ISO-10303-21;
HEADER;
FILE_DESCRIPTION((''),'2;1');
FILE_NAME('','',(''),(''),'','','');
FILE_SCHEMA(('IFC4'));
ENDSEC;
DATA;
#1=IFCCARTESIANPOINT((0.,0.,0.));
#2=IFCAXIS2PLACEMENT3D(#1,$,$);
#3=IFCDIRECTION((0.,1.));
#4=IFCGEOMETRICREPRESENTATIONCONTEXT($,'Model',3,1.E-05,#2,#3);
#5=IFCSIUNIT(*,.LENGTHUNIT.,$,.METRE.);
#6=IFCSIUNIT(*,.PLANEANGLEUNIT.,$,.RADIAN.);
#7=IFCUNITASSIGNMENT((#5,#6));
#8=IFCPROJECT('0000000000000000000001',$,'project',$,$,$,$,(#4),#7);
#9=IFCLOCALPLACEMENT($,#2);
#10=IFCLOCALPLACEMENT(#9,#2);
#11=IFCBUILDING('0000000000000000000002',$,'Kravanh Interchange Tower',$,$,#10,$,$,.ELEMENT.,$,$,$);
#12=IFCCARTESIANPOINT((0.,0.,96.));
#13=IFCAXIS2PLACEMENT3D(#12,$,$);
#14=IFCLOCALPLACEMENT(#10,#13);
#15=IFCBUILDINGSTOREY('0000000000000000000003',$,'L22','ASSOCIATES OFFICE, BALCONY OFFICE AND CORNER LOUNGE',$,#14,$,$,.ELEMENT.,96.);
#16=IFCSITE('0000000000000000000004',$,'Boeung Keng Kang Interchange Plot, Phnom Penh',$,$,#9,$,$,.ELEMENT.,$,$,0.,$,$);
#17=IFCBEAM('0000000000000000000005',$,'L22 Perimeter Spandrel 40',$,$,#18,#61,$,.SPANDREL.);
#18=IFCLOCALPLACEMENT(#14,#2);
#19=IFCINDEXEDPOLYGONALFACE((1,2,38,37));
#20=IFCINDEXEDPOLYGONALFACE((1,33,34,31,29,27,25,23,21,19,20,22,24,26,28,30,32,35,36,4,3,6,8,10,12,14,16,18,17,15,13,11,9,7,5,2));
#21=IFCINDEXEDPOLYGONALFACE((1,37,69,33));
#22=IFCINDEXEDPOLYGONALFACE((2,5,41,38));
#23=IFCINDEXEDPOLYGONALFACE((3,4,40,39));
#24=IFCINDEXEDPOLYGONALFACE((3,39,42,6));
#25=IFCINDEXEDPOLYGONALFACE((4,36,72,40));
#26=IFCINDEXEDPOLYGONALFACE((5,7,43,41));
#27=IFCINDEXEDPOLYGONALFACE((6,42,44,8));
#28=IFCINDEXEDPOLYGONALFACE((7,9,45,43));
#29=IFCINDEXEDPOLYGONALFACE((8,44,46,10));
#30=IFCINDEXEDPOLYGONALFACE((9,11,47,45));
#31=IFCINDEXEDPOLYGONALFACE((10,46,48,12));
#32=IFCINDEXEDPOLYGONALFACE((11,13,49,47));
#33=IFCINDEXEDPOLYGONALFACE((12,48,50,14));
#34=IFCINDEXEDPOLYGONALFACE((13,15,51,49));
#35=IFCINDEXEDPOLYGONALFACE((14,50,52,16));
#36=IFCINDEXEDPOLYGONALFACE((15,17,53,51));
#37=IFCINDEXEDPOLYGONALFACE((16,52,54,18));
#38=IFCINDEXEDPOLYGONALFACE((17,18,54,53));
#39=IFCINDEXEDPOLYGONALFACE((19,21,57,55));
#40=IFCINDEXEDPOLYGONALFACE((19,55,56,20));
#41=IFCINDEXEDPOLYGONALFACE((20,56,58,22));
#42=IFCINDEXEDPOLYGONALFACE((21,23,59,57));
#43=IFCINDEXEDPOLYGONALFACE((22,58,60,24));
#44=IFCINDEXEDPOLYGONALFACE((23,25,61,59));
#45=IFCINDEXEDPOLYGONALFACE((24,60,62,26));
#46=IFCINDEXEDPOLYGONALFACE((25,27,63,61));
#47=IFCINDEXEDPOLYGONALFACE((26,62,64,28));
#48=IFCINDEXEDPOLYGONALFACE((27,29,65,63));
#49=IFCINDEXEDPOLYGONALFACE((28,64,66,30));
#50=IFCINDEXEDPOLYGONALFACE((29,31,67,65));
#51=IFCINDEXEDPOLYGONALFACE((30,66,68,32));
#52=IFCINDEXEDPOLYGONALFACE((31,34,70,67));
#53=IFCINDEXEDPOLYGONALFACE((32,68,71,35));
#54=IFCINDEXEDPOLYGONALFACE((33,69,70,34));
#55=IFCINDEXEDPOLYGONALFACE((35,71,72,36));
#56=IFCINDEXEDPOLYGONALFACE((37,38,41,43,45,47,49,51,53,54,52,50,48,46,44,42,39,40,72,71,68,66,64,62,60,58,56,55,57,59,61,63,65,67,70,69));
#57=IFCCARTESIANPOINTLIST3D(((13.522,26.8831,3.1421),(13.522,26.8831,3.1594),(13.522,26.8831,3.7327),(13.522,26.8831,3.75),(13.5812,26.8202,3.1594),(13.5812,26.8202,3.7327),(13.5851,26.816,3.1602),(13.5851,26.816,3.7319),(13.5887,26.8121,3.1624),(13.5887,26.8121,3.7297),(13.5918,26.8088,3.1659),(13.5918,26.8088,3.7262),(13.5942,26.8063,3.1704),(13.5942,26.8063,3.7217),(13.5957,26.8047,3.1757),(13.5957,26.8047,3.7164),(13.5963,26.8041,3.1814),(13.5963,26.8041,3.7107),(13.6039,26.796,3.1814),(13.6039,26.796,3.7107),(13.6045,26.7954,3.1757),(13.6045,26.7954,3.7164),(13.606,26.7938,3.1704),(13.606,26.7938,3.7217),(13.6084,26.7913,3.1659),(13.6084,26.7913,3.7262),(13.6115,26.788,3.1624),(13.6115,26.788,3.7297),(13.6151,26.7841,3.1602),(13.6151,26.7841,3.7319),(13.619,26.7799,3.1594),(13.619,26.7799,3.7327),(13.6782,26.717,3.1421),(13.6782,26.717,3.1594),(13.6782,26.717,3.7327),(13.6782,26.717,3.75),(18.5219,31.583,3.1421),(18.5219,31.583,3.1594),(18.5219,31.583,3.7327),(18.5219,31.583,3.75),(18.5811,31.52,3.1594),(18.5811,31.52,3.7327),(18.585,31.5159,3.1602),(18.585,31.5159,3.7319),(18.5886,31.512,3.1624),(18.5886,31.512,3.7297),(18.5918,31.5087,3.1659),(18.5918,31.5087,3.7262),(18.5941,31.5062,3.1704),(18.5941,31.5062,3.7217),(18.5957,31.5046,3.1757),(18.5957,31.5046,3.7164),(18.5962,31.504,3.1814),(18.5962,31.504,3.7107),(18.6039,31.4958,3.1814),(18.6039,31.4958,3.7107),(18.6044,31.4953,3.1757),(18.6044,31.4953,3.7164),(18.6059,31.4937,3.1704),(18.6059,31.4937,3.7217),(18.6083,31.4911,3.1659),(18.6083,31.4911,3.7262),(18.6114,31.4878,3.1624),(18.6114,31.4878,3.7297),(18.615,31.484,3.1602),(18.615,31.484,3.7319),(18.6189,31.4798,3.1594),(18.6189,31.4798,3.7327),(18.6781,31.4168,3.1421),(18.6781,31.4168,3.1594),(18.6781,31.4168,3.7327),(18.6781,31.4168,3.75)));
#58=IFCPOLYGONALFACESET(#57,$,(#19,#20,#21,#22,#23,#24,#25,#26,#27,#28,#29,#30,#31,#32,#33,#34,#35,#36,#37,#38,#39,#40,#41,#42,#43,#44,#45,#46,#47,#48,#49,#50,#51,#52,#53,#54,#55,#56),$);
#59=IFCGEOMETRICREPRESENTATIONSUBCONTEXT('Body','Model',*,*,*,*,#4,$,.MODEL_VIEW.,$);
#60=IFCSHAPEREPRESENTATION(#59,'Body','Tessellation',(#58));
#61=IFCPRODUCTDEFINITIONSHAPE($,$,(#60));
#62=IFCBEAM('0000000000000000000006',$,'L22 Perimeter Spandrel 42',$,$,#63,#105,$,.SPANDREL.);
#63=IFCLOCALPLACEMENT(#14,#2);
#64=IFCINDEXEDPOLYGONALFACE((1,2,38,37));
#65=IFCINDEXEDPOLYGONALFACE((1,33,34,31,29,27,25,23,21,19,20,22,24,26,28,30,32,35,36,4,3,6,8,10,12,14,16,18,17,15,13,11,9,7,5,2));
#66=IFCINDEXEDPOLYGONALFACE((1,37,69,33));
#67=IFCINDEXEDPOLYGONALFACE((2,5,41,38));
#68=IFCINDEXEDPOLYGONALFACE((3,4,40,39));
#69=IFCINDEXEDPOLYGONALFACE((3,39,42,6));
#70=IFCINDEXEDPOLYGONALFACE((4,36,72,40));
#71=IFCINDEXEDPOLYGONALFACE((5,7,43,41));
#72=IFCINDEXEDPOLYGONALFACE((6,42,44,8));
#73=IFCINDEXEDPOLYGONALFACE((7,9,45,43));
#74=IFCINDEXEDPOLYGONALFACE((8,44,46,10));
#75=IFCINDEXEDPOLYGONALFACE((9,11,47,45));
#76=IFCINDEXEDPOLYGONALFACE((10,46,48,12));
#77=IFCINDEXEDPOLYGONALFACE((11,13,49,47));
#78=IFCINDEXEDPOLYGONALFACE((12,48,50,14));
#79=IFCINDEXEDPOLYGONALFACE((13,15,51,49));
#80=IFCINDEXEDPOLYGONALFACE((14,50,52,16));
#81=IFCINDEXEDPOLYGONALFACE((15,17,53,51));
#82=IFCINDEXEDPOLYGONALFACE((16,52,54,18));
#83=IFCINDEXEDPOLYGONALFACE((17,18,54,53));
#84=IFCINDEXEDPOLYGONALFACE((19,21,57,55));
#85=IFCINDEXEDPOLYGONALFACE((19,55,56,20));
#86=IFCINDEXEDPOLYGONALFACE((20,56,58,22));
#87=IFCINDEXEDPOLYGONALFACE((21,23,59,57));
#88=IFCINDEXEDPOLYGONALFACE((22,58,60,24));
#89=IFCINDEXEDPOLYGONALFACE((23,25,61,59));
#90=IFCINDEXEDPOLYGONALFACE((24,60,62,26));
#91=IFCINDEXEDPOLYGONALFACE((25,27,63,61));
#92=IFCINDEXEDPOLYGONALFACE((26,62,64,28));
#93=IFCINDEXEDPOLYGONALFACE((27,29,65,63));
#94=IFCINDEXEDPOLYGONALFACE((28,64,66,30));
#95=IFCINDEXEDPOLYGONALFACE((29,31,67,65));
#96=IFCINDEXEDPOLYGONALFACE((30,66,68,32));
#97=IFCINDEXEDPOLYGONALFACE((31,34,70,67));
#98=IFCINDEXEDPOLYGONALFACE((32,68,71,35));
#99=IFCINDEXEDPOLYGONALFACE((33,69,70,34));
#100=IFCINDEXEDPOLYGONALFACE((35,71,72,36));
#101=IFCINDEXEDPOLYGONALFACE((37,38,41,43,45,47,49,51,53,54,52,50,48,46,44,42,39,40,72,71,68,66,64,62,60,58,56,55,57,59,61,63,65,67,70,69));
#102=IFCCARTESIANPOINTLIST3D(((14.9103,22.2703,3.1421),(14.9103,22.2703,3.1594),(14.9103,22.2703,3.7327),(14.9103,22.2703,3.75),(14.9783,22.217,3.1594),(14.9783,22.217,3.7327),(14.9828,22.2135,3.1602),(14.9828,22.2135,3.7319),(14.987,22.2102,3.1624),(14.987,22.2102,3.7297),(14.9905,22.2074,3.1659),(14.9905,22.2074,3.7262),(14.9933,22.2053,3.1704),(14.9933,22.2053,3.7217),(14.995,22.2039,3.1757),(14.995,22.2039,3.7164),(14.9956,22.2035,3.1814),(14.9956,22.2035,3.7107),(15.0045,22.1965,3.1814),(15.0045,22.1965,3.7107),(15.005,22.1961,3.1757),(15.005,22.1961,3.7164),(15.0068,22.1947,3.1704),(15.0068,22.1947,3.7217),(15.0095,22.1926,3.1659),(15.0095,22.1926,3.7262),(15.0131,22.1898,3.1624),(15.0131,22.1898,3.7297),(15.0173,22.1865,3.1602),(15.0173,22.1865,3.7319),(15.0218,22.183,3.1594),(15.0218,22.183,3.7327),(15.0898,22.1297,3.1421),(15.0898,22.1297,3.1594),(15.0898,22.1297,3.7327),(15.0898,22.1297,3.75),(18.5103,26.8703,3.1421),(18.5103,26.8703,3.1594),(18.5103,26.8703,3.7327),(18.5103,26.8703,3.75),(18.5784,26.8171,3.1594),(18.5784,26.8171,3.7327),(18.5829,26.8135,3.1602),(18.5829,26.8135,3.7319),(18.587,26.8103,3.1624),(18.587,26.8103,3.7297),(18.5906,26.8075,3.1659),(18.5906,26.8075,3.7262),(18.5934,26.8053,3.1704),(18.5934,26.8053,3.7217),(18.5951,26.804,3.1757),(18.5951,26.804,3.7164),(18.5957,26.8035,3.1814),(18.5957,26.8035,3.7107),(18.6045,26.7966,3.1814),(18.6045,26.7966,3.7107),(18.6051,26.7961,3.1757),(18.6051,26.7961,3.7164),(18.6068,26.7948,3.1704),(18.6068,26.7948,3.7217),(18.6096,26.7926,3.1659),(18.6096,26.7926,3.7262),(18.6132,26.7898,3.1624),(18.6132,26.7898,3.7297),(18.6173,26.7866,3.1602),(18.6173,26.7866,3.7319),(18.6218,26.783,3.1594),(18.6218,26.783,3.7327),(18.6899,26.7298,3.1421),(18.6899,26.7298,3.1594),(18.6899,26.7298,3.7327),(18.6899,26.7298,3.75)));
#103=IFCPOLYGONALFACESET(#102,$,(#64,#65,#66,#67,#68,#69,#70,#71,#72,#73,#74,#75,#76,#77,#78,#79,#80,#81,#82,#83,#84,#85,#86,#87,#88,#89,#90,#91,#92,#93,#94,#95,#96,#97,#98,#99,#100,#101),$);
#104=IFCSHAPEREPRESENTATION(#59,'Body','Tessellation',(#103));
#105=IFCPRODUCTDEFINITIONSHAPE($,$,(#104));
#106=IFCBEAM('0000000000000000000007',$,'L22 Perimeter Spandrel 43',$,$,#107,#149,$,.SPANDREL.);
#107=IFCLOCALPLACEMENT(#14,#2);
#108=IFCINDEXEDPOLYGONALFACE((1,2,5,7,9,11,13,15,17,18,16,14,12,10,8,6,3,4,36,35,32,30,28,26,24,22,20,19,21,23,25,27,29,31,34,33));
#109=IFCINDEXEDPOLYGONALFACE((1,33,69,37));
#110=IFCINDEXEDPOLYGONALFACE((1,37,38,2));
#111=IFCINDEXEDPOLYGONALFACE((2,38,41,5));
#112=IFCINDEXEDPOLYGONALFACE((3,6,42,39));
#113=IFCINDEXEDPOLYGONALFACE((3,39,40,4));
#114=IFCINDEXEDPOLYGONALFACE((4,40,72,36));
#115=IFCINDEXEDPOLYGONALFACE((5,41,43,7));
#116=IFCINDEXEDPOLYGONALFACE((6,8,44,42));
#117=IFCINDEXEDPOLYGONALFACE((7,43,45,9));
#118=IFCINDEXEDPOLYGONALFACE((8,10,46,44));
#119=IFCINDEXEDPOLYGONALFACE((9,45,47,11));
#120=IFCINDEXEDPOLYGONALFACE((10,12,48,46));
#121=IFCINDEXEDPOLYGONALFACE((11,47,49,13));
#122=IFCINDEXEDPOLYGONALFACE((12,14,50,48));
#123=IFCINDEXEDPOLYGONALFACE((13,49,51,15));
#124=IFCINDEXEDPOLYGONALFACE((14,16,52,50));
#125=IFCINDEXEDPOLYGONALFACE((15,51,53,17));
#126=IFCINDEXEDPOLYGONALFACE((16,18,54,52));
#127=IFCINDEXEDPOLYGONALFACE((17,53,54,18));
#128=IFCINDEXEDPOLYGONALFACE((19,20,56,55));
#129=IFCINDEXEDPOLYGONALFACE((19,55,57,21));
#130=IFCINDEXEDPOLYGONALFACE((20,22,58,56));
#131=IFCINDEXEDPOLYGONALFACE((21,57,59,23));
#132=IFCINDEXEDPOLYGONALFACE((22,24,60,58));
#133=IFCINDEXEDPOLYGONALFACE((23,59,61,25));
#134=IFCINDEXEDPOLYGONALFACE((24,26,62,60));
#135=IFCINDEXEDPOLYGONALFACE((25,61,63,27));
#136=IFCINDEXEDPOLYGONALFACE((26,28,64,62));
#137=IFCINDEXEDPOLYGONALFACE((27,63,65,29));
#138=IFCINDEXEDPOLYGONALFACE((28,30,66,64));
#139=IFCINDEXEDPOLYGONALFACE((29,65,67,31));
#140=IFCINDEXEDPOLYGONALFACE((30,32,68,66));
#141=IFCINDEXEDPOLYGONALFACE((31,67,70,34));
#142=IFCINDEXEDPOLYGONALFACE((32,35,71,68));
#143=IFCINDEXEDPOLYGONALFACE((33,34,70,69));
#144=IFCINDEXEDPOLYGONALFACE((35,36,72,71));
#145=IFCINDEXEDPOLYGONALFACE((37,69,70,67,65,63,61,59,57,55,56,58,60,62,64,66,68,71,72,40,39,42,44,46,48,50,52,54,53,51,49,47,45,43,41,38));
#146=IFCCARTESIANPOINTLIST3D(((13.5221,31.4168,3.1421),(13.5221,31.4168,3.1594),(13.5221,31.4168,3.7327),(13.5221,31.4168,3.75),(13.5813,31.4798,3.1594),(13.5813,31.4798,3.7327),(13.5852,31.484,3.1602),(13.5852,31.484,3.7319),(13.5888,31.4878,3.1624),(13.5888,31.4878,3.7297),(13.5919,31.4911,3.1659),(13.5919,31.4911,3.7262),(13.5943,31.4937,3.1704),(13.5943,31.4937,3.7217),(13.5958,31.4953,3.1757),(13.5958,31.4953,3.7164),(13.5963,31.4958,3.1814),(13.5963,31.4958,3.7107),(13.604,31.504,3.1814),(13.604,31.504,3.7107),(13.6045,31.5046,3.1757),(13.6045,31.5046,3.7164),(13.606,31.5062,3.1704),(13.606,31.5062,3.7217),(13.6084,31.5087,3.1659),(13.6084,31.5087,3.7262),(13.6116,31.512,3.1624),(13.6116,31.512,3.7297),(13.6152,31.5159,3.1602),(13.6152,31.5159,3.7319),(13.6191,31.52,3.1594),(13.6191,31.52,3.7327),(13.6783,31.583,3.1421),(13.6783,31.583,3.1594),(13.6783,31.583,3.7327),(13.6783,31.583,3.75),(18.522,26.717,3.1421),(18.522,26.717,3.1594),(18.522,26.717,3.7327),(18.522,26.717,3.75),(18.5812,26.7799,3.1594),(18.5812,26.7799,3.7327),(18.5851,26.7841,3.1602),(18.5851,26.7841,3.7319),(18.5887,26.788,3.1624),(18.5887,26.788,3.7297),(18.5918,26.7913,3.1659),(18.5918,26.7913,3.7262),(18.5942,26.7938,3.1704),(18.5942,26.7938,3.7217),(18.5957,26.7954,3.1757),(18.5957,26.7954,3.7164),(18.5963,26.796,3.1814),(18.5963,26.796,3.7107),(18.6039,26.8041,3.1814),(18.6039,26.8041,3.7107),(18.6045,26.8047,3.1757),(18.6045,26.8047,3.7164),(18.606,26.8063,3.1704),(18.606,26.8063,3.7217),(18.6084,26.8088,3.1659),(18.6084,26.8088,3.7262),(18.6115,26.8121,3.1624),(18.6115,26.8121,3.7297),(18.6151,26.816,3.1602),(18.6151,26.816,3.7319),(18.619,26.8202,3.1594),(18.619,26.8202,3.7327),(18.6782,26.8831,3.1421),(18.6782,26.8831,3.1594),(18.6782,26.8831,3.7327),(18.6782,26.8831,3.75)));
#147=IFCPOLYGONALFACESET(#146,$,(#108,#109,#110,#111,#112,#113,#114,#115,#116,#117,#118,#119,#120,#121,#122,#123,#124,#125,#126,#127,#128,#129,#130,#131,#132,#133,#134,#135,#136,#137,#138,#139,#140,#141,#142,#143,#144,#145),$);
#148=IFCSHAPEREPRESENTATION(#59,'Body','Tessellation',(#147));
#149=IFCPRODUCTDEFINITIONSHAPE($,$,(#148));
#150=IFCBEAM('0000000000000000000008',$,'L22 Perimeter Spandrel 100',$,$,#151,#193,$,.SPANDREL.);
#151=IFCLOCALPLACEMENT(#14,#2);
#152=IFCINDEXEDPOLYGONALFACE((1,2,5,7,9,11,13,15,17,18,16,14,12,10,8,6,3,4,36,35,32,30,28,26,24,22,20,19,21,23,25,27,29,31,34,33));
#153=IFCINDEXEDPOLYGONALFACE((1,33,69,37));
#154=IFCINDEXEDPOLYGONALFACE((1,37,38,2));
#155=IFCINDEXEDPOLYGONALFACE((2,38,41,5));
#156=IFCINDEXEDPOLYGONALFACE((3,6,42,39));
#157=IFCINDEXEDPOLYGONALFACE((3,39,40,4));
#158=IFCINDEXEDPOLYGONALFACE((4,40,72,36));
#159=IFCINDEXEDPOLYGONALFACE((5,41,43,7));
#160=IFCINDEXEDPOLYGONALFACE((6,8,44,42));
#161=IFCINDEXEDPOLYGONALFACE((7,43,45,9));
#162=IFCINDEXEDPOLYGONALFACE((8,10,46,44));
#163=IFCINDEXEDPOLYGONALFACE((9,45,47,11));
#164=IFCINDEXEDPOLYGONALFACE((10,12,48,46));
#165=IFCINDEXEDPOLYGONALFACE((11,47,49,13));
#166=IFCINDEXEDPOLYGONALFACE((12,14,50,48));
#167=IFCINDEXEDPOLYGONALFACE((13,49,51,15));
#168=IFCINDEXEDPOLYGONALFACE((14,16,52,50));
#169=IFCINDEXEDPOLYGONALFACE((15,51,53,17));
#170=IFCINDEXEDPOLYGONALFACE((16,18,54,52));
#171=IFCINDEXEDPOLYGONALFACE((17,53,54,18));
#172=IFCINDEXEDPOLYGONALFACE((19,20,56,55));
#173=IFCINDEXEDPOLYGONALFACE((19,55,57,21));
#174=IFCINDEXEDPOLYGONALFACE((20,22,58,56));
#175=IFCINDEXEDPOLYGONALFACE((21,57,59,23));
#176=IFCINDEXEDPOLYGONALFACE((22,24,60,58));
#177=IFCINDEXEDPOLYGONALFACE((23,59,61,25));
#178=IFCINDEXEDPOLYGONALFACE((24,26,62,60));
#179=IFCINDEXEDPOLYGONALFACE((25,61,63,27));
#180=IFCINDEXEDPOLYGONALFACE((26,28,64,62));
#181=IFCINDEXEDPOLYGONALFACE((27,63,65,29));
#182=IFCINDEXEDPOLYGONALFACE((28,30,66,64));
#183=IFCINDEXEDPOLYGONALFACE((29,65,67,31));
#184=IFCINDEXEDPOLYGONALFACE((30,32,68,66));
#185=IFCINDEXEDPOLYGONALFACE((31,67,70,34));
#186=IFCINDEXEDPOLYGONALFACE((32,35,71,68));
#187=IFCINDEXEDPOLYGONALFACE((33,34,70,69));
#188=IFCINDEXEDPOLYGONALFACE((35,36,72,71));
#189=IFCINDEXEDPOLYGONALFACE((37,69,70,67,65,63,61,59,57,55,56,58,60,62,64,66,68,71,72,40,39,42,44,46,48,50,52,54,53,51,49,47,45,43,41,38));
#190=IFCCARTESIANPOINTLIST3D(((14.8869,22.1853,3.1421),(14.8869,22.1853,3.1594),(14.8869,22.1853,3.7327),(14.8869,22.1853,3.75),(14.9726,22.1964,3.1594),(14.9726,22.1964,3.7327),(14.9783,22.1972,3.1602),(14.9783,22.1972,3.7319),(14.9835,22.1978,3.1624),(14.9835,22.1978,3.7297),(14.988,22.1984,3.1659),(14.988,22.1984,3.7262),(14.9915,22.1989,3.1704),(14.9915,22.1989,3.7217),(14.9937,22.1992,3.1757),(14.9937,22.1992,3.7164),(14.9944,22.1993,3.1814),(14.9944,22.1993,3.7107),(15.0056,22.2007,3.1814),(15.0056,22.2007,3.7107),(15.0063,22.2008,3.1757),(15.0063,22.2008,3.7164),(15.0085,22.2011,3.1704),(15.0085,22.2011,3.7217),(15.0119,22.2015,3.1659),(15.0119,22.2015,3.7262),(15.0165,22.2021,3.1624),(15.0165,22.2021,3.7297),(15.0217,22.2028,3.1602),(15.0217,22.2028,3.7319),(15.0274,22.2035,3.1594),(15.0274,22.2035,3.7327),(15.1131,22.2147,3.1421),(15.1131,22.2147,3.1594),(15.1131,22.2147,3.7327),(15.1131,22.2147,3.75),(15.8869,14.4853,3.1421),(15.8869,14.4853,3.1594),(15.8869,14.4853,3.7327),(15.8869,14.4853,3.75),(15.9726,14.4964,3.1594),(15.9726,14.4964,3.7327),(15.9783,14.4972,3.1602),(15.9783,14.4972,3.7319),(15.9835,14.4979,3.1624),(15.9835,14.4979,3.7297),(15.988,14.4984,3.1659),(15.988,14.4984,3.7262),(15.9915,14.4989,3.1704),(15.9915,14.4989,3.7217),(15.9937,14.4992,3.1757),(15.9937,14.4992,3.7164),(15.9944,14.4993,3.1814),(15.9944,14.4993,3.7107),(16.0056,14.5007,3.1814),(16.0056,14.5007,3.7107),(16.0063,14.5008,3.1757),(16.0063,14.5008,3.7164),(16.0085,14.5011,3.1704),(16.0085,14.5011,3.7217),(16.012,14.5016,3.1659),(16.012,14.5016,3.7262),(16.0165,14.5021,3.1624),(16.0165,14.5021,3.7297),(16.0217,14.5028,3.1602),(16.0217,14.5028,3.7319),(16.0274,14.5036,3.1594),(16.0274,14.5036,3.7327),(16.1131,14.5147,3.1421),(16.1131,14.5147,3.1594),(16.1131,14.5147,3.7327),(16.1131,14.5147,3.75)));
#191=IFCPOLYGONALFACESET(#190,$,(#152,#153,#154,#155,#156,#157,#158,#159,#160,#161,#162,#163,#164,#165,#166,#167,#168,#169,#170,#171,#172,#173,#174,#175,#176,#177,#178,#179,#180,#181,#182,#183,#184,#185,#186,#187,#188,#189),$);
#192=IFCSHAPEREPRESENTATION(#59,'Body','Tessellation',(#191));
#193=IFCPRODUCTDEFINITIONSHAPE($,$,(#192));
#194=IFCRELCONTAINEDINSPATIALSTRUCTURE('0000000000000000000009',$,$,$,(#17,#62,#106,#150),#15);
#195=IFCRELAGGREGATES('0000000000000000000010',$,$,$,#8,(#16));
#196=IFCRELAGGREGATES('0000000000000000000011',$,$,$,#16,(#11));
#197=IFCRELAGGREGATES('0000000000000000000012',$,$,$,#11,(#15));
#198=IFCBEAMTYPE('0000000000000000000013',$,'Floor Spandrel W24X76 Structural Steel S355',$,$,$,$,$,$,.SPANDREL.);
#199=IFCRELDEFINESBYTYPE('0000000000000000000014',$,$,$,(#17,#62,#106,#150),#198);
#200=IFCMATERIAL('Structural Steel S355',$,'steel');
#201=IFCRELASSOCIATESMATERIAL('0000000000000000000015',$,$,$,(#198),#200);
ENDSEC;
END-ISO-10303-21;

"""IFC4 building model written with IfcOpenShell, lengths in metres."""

from ifc_helpers import new_model, si_unit, direction, frame, origin, origin_2d, place, context, subcontext, project, spatial, i_section, extrude, material, material_profile, profile_set, type_object, element, save


model = new_model("IFC4")

# Units and contexts
model_context = context("Model", 3, precision=1e-05, world=origin(), true_north=direction((0.0, 1.0)))
body_context = subcontext(model_context, "Body", "Model", "MODEL_VIEW")
ifc_project = project(units=[si_unit("LENGTHUNIT", "METRE"), si_unit("PLANEANGLEUNIT", "RADIAN")], contexts=[model_context])

# Site, building, storey
site_placement = place(None, origin())
site = spatial("IfcSite", under=ifc_project, at=site_placement, Name="Boeung Keng Kang Interchange Plot, Phnom Penh", CompositionType="ELEMENT", RefElevation=0.0)
building_placement = place(site_placement, origin())
building = spatial("IfcBuilding", under=site, at=building_placement, Name="Kravanh Interchange Tower", CompositionType="ELEMENT")
storey_placement = place(building_placement, frame((0.0, 0.0, 96.0)))
storey = spatial("IfcBuildingStorey", under=building, at=storey_placement, Name="L22", Description="ASSOCIATES OFFICE, BALCONY OFFICE AND CORNER LOUNGE", CompositionType="ELEMENT", Elevation=96.0)

# Beams
ifc_material_1 = material(Name="Structural Steel S355", Category="steel")
ifc_material_profile_1 = material_profile(ifc_material_1, i_section(OverallWidth=0.228, OverallDepth=0.6079, WebThickness=0.0112, FlangeThickness=0.0173, FilletRadius=0.022, at=origin_2d()), Name="W24X76")
ifc_profile_set_1 = profile_set([ifc_material_profile_1], Name="Structural Steel S355")
beam_type_1 = type_object("IfcBeamType", Name="Floor Spandrel W24X76 Structural Steel S355", PredefinedType="SPANDREL", material=ifc_profile_set_1)
beam_1_placement = place(storey_placement, frame((13.6001, 26.8, 3.446), z_axis=(0.728631, 0.684906, 0.0), x_axis=(-0.684906, 0.728631, 0.0)))
element("IfcBeam", 1, at=beam_1_placement, inside=storey, type_object=beam_type_1, Name="L22 Perimeter Spandrel 40", PredefinedType="SPANDREL", context=body_context, shape_type="SweptSolid", body=[
    extrude(i_section(OverallWidth=0.228, OverallDepth=0.6079, WebThickness=0.0112, FlangeThickness=0.0173, FilletRadius=0.022, at=origin_2d()), origin(), (0.0, 0.0, 1.0), 6.8621),
])
beam_2_placement = place(storey_placement, frame((18.6001, 26.8, 3.446), z_axis=(-0.616311, -0.787503, 0.0), x_axis=(0.787503, -0.616311, 0.0)))
element("IfcBeam", 2, at=beam_2_placement, inside=storey, type_object=beam_type_1, Name="L22 Perimeter Spandrel 42", PredefinedType="SPANDREL", context=body_context, shape_type="SweptSolid", body=[
    extrude(i_section(OverallWidth=0.228, OverallDepth=0.6079, WebThickness=0.0112, FlangeThickness=0.0173, FilletRadius=0.022, at=origin_2d()), origin(), (0.0, 0.0, 1.0), 5.8413),
])
beam_3_placement = place(storey_placement, frame((18.6001, 26.8, 3.446), z_axis=(-0.728631, 0.684906, 0.0), x_axis=(-0.684906, -0.728631, 0.0)))
element("IfcBeam", 3, at=beam_3_placement, inside=storey, type_object=beam_type_1, Name="L22 Perimeter Spandrel 43", PredefinedType="SPANDREL", context=body_context, shape_type="SweptSolid", body=[
    extrude(i_section(OverallWidth=0.228, OverallDepth=0.6079, WebThickness=0.0112, FlangeThickness=0.0173, FilletRadius=0.022, at=origin_2d()), origin(), (0.0, 0.0, 1.0), 6.8621),
])
beam_4_placement = place(storey_placement, frame((16.0, 14.5, 3.446), z_axis=(-0.128789, 0.991672, 0.0), x_axis=(-0.991672, -0.128789, 0.0)))
element("IfcBeam", 4, at=beam_4_placement, inside=storey, type_object=beam_type_1, Name="L22 Perimeter Spandrel 100", PredefinedType="SPANDREL", context=body_context, shape_type="SweptSolid", body=[
    extrude(i_section(OverallWidth=0.228, OverallDepth=0.6079, WebThickness=0.0112, FlangeThickness=0.0173, FilletRadius=0.022, at=origin_2d()), origin(), (0.0, 0.0, 1.0), 7.7646),
])

save(model, "model.ifc")
